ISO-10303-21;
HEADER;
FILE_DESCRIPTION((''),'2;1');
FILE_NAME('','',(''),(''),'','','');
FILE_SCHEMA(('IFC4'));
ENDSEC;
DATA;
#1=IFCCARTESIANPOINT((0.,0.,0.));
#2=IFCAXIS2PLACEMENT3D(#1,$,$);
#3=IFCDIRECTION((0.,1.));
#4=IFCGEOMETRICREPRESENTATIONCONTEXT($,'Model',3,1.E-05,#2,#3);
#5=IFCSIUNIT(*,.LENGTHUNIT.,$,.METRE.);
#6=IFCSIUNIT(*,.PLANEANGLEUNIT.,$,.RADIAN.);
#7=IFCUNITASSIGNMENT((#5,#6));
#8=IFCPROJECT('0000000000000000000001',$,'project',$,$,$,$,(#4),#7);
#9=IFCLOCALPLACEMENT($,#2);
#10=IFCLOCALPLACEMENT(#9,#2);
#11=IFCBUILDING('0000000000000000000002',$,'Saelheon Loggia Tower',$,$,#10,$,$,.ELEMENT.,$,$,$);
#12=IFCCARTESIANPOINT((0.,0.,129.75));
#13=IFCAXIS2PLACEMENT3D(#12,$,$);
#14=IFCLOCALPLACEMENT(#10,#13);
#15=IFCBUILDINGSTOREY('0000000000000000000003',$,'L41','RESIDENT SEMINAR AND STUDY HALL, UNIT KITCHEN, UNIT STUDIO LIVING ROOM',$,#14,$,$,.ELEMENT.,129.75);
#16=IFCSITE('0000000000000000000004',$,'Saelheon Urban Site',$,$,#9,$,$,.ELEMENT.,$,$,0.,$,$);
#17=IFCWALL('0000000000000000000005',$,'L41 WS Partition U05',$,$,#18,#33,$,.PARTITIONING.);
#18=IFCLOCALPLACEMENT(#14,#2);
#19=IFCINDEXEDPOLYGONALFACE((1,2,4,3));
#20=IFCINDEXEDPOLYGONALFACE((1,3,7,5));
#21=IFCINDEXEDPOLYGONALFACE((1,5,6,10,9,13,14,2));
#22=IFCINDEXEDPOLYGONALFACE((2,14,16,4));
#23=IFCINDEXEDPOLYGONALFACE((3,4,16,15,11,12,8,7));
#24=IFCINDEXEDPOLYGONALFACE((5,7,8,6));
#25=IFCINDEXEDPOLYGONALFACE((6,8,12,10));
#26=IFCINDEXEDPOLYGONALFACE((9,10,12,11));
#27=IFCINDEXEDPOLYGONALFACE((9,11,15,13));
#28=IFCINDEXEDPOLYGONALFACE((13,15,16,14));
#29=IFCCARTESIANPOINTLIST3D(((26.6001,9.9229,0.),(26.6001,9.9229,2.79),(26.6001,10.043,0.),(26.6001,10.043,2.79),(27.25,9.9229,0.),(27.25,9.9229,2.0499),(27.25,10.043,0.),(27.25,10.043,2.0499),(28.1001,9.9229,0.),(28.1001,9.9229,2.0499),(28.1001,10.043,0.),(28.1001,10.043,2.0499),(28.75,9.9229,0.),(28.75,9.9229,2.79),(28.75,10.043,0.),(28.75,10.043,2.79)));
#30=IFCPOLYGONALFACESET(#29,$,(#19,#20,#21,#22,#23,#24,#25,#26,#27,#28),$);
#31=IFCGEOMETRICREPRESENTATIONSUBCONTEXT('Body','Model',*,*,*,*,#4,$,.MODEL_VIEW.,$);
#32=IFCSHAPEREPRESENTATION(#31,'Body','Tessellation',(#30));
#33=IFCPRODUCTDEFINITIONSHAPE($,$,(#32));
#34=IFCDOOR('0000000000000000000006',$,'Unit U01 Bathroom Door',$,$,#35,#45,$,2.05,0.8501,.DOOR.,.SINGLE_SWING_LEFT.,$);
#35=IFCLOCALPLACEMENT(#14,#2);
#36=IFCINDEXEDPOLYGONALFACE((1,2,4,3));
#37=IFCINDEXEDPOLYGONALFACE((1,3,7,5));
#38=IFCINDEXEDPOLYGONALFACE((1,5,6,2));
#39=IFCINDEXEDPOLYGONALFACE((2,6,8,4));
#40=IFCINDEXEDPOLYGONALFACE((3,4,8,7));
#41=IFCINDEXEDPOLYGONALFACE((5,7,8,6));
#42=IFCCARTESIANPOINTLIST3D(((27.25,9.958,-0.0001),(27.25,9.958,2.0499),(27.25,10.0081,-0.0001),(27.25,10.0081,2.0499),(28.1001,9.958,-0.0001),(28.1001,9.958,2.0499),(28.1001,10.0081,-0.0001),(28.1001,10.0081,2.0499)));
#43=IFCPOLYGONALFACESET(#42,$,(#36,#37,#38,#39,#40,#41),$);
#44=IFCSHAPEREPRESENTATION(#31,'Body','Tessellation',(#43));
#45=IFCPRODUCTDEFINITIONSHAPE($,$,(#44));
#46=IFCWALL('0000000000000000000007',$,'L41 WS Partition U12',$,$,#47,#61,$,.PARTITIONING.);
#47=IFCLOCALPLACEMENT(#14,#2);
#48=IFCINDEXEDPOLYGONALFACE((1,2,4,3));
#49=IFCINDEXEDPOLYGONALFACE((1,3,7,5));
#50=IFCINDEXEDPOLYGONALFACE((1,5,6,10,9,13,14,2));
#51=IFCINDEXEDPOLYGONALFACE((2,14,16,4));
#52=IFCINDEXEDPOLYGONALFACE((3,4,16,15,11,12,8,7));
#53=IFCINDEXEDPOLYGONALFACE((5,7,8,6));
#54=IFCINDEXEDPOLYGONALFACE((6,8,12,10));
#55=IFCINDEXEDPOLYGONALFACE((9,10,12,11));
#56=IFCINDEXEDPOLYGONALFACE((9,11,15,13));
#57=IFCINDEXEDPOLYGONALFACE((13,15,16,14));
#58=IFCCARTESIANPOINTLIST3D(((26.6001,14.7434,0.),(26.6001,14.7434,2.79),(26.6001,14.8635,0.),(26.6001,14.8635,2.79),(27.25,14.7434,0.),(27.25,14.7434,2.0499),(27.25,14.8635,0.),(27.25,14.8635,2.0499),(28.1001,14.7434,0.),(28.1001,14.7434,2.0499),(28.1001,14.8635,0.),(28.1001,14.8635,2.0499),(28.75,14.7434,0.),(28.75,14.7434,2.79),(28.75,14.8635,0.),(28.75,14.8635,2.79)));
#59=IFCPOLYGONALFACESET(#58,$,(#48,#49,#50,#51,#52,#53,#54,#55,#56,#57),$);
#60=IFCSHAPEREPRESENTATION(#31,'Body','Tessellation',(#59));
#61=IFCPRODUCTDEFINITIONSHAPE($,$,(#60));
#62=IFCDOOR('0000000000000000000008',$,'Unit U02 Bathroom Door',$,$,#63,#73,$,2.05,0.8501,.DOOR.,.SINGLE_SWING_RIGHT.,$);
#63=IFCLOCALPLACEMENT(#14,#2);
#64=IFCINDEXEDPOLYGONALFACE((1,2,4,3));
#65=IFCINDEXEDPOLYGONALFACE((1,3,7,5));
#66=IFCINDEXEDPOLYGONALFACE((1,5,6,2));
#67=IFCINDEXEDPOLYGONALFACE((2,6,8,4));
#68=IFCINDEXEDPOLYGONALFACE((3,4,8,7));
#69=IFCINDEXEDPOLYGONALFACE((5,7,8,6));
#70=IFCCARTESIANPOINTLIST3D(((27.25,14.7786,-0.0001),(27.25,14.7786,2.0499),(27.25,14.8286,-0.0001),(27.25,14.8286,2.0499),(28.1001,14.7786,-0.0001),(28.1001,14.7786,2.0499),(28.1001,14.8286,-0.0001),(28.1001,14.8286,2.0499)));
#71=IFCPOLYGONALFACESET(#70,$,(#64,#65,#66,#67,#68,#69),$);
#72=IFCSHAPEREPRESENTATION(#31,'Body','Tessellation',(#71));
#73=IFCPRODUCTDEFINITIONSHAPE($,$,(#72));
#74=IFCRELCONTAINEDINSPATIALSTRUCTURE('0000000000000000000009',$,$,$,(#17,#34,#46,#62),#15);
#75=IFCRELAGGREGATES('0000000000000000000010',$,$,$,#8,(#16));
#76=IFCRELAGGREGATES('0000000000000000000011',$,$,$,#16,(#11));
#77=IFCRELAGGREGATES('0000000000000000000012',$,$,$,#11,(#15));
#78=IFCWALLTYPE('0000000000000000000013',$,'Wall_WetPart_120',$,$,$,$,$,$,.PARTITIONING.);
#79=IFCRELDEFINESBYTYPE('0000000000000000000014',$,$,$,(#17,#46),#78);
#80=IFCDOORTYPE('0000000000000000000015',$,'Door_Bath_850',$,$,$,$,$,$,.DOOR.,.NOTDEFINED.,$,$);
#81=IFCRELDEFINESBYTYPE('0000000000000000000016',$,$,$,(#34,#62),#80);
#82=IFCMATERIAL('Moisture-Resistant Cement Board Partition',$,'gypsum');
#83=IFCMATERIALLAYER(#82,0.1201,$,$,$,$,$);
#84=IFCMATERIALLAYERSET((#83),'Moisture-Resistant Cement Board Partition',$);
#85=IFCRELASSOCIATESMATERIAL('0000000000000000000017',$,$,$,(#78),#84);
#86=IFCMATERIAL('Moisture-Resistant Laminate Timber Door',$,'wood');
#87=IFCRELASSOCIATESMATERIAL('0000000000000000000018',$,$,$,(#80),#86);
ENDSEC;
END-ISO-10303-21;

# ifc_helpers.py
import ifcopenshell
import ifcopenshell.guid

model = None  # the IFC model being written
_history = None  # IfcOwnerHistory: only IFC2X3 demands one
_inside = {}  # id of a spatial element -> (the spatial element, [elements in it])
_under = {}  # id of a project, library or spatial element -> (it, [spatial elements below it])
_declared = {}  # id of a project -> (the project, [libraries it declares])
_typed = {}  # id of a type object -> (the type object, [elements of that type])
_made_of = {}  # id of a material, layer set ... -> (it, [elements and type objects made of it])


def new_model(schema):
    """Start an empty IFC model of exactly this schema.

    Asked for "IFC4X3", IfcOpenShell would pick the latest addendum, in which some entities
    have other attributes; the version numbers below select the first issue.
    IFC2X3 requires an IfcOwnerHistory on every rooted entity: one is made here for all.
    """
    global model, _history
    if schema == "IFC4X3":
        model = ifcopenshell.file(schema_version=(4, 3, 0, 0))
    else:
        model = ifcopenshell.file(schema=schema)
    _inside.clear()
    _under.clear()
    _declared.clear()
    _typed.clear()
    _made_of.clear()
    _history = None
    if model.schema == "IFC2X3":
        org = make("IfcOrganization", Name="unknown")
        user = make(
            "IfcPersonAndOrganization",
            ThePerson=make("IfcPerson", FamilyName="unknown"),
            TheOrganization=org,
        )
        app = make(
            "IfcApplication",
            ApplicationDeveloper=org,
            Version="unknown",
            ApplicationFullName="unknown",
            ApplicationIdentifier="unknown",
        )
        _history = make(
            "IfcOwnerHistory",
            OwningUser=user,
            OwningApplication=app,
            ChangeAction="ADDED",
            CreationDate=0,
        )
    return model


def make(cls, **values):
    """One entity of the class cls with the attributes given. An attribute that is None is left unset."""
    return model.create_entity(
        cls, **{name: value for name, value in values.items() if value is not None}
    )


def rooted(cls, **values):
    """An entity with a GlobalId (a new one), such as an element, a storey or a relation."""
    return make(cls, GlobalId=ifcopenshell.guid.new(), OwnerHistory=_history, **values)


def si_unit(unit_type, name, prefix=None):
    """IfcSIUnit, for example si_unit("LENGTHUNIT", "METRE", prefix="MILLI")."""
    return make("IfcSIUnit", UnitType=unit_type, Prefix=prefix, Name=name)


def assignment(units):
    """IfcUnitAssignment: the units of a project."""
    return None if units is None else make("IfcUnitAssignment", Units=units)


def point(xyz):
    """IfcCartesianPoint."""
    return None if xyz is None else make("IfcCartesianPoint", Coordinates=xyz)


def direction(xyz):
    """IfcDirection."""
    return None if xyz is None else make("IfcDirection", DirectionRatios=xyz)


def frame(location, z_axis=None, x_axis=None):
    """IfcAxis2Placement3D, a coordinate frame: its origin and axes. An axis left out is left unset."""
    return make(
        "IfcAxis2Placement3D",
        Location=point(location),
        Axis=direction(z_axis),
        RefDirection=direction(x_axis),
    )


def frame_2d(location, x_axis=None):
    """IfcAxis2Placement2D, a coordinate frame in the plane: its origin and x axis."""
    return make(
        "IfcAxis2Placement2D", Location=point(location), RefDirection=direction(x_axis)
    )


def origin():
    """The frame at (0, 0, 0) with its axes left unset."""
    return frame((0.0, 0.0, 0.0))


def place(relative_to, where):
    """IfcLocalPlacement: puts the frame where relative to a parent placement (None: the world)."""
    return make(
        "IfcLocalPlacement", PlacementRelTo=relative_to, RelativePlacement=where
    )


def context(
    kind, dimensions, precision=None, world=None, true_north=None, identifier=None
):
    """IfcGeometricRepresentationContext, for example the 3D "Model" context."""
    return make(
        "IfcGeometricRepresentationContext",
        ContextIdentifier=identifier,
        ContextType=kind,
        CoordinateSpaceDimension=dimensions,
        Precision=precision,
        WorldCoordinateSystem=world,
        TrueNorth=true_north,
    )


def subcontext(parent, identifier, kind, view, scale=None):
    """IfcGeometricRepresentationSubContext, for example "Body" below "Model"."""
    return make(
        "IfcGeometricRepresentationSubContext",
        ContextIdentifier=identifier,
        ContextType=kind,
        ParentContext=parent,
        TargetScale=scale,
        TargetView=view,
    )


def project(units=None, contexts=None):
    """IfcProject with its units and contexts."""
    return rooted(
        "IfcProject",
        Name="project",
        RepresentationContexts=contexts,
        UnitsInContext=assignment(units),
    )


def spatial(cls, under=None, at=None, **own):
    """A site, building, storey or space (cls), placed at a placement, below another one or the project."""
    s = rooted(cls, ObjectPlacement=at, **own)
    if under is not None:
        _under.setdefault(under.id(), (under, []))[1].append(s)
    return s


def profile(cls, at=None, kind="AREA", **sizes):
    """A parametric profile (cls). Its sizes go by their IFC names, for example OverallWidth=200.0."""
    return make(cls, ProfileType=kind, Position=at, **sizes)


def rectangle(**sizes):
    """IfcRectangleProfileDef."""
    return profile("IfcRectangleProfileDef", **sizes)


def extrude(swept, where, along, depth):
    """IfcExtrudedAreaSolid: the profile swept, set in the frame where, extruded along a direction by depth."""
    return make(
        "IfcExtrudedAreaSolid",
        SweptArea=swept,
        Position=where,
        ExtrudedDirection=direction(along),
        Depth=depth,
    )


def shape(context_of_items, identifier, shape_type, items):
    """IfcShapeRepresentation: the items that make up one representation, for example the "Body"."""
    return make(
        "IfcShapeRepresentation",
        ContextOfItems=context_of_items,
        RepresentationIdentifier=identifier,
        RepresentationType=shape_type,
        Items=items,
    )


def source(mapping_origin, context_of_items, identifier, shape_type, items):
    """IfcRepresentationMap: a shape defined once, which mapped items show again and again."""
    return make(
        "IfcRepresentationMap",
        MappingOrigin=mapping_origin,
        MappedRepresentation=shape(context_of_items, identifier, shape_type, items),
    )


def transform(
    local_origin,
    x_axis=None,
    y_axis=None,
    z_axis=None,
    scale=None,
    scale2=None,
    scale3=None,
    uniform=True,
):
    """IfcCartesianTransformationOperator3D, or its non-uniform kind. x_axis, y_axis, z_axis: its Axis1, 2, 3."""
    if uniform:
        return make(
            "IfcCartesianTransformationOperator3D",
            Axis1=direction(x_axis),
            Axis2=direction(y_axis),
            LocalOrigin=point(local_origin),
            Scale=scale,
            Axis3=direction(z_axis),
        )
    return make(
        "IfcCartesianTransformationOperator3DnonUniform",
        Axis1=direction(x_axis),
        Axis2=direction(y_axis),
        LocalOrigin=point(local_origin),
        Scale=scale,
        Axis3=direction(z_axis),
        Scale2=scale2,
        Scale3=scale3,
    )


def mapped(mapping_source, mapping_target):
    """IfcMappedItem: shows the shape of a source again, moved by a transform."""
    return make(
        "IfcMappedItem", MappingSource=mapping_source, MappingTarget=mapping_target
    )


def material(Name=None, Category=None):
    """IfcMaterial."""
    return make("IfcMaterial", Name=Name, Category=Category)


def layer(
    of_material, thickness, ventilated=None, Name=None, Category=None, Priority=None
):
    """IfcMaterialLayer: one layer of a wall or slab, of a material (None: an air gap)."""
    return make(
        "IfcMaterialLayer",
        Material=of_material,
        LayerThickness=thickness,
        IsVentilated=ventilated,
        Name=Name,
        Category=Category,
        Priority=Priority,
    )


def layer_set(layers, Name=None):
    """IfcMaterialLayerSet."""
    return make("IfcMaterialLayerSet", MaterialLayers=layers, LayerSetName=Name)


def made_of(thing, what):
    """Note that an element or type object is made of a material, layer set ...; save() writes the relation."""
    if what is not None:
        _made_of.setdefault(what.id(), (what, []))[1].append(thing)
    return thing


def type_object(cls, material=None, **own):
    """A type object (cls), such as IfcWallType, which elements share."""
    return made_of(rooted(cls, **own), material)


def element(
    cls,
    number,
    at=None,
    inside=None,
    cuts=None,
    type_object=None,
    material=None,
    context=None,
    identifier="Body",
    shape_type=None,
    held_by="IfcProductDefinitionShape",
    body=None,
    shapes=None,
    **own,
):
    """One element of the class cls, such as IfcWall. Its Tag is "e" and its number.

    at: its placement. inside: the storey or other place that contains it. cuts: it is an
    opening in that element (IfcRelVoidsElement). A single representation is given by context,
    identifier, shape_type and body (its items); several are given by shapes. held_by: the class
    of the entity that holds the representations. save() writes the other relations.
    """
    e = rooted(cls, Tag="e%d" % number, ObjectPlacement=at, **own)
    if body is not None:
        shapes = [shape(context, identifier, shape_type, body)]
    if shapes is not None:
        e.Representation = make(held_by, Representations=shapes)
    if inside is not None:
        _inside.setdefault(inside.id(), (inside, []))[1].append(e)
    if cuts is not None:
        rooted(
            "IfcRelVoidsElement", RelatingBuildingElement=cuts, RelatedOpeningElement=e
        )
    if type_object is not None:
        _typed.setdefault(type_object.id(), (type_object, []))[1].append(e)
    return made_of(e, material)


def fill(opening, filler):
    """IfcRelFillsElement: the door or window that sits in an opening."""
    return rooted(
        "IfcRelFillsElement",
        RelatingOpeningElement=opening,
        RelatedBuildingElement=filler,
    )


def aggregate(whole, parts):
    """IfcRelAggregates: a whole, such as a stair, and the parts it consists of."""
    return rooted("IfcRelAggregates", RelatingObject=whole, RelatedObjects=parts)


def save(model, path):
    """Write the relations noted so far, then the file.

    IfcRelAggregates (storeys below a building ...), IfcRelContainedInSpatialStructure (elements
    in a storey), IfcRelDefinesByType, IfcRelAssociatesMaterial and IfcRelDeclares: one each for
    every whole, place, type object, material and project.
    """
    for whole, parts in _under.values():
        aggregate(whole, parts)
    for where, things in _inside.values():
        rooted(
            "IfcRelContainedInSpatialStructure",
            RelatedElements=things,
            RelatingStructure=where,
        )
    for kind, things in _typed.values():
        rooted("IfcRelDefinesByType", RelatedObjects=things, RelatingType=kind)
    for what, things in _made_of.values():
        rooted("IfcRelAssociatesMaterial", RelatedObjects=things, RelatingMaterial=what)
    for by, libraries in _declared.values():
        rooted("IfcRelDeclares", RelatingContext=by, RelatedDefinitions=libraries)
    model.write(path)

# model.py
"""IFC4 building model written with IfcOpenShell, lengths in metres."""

from ifc_helpers import new_model, si_unit, direction, frame, frame_2d, origin, place, context, subcontext, project, spatial, rectangle, extrude, source, transform, mapped, material, layer, layer_set, type_object, element, fill, save


model = new_model("IFC4")

# Units and contexts
model_context = context("Model", 3, precision=1e-05, world=origin(), true_north=direction((0.0, 1.0)))
body_context = subcontext(model_context, "Body", "Model", "MODEL_VIEW")
ifc_project = project(units=[si_unit("LENGTHUNIT", "METRE"), si_unit("PLANEANGLEUNIT", "RADIAN")], contexts=[model_context])

# Site, building, storey
site_placement = place(None, origin())
site = spatial("IfcSite", under=ifc_project, at=site_placement, Name="Saelheon Urban Site", CompositionType="ELEMENT", RefElevation=0.0)
building_placement = place(site_placement, origin())
building = spatial("IfcBuilding", under=site, at=building_placement, Name="Saelheon Loggia Tower", CompositionType="ELEMENT")
storey_placement = place(building_placement, frame((0.0, 0.0, 129.75)))
storey = spatial("IfcBuildingStorey", under=building, at=storey_placement, Name="L41", Description="RESIDENT SEMINAR AND STUDY HALL, UNIT KITCHEN, UNIT STUDIO LIVING ROOM", CompositionType="ELEMENT", Elevation=129.75)

# Shared definitions
ifc_material_1 = material(Name="Moisture-Resistant Cement Board Partition", Category="gypsum")
ifc_layer_1 = layer(ifc_material_1, 0.1201)
ifc_layer_set_1 = layer_set([ifc_layer_1], Name="Moisture-Resistant Cement Board Partition")
wall_type_1 = type_object("IfcWallType", Name="Wall_WetPart_120", PredefinedType="PARTITIONING", material=ifc_layer_set_1)

# Walls, openings, doors
wall_1_placement = place(storey_placement, frame((28.75, 9.9829, 0.0), z_axis=(0.0, 0.0, 1.0), x_axis=(-1.0, 0.0, 0.0)))
wall_1 = element("IfcWall", 1, at=wall_1_placement, inside=storey, type_object=wall_type_1, Name="L41 WS Partition U05", PredefinedType="PARTITIONING", context=body_context, shape_type="SweptSolid", body=[
    extrude(rectangle(XDim=2.1499, YDim=0.1201, at=frame_2d((1.075, 0.0))), origin(), (0.0, 0.0, 1.0), 2.79),
])
opening_1_placement = place(wall_1_placement, frame((0.6499, 0.0, 0.0)))
opening_1 = element("IfcOpeningElement", 2, at=opening_1_placement, cuts=wall_1, PredefinedType="OPENING", context=body_context, shape_type="SweptSolid", body=[
    extrude(rectangle(XDim=0.8501, YDim=2.05, at=frame_2d((0.425, 1.0249))), frame((0.0, 0.072, 0.0), z_axis=(0.0, -1.0, 0.0), x_axis=(1.0, 0.0, 0.0)), (0.0, 0.0, 1.0), 0.144),
])
ifc_material_2 = material(Name="Moisture-Resistant Laminate Timber Door", Category="wood")
door_type_1 = type_object("IfcDoorType", Name="Door_Bath_850", OperationType="NOTDEFINED", PredefinedType="DOOR", material=ifc_material_2)
shared_shape_1 = source(origin(), body_context, "Body", "SweptSolid", [
    extrude(rectangle(XDim=0.8501, YDim=2.05, at=frame_2d((0.425, 1.0249))), frame((0.0, 0.0249, 0.0), z_axis=(0.0, -1.0, 0.0), x_axis=(1.0, 0.0, 0.0)), (0.0, 0.0, 1.0), 0.05),
])
door_1_placement = place(opening_1_placement, origin())
door_1 = element("IfcDoor", 3, at=door_1_placement, inside=storey, type_object=door_type_1, Name="Unit U01 Bathroom Door", OperationType="SINGLE_SWING_LEFT", OverallHeight=2.05, OverallWidth=0.8501, PredefinedType="DOOR", context=body_context, shape_type="MappedRepresentation", body=[
    mapped(shared_shape_1, transform((0.0, 0.0, 0.0), scale=1.0)),
])
fill(opening_1, door_1)
wall_2_placement = place(storey_placement, frame((28.75, 14.8035, 0.0), z_axis=(0.0, 0.0, 1.0), x_axis=(-1.0, 0.0, 0.0)))
wall_2 = element("IfcWall", 4, at=wall_2_placement, inside=storey, type_object=wall_type_1, Name="L41 WS Partition U12", PredefinedType="PARTITIONING", context=body_context, shape_type="SweptSolid", body=[
    extrude(rectangle(XDim=2.1499, YDim=0.1201, at=frame_2d((1.075, 0.0))), origin(), (0.0, 0.0, 1.0), 2.79),
])
opening_2_placement = place(wall_2_placement, frame((0.6499, 0.0, 0.0)))
opening_2 = element("IfcOpeningElement", 5, at=opening_2_placement, cuts=wall_2, PredefinedType="OPENING", context=body_context, shape_type="SweptSolid", body=[
    extrude(rectangle(XDim=0.8501, YDim=2.05, at=frame_2d((0.425, 1.0249))), frame((0.0, 0.072, 0.0), z_axis=(0.0, -1.0, 0.0), x_axis=(1.0, 0.0, 0.0)), (0.0, 0.0, 1.0), 0.144),
])
door_2_placement = place(opening_2_placement, origin())
door_2 = element("IfcDoor", 6, at=door_2_placement, inside=storey, type_object=door_type_1, Name="Unit U02 Bathroom Door", OperationType="SINGLE_SWING_RIGHT", OverallHeight=2.05, OverallWidth=0.8501, PredefinedType="DOOR", context=body_context, shape_type="MappedRepresentation", body=[
    mapped(shared_shape_1, transform((0.0, 0.0, 0.0), scale=1.0)),
])
fill(opening_2, door_2)

save(model, "model.ifc")
